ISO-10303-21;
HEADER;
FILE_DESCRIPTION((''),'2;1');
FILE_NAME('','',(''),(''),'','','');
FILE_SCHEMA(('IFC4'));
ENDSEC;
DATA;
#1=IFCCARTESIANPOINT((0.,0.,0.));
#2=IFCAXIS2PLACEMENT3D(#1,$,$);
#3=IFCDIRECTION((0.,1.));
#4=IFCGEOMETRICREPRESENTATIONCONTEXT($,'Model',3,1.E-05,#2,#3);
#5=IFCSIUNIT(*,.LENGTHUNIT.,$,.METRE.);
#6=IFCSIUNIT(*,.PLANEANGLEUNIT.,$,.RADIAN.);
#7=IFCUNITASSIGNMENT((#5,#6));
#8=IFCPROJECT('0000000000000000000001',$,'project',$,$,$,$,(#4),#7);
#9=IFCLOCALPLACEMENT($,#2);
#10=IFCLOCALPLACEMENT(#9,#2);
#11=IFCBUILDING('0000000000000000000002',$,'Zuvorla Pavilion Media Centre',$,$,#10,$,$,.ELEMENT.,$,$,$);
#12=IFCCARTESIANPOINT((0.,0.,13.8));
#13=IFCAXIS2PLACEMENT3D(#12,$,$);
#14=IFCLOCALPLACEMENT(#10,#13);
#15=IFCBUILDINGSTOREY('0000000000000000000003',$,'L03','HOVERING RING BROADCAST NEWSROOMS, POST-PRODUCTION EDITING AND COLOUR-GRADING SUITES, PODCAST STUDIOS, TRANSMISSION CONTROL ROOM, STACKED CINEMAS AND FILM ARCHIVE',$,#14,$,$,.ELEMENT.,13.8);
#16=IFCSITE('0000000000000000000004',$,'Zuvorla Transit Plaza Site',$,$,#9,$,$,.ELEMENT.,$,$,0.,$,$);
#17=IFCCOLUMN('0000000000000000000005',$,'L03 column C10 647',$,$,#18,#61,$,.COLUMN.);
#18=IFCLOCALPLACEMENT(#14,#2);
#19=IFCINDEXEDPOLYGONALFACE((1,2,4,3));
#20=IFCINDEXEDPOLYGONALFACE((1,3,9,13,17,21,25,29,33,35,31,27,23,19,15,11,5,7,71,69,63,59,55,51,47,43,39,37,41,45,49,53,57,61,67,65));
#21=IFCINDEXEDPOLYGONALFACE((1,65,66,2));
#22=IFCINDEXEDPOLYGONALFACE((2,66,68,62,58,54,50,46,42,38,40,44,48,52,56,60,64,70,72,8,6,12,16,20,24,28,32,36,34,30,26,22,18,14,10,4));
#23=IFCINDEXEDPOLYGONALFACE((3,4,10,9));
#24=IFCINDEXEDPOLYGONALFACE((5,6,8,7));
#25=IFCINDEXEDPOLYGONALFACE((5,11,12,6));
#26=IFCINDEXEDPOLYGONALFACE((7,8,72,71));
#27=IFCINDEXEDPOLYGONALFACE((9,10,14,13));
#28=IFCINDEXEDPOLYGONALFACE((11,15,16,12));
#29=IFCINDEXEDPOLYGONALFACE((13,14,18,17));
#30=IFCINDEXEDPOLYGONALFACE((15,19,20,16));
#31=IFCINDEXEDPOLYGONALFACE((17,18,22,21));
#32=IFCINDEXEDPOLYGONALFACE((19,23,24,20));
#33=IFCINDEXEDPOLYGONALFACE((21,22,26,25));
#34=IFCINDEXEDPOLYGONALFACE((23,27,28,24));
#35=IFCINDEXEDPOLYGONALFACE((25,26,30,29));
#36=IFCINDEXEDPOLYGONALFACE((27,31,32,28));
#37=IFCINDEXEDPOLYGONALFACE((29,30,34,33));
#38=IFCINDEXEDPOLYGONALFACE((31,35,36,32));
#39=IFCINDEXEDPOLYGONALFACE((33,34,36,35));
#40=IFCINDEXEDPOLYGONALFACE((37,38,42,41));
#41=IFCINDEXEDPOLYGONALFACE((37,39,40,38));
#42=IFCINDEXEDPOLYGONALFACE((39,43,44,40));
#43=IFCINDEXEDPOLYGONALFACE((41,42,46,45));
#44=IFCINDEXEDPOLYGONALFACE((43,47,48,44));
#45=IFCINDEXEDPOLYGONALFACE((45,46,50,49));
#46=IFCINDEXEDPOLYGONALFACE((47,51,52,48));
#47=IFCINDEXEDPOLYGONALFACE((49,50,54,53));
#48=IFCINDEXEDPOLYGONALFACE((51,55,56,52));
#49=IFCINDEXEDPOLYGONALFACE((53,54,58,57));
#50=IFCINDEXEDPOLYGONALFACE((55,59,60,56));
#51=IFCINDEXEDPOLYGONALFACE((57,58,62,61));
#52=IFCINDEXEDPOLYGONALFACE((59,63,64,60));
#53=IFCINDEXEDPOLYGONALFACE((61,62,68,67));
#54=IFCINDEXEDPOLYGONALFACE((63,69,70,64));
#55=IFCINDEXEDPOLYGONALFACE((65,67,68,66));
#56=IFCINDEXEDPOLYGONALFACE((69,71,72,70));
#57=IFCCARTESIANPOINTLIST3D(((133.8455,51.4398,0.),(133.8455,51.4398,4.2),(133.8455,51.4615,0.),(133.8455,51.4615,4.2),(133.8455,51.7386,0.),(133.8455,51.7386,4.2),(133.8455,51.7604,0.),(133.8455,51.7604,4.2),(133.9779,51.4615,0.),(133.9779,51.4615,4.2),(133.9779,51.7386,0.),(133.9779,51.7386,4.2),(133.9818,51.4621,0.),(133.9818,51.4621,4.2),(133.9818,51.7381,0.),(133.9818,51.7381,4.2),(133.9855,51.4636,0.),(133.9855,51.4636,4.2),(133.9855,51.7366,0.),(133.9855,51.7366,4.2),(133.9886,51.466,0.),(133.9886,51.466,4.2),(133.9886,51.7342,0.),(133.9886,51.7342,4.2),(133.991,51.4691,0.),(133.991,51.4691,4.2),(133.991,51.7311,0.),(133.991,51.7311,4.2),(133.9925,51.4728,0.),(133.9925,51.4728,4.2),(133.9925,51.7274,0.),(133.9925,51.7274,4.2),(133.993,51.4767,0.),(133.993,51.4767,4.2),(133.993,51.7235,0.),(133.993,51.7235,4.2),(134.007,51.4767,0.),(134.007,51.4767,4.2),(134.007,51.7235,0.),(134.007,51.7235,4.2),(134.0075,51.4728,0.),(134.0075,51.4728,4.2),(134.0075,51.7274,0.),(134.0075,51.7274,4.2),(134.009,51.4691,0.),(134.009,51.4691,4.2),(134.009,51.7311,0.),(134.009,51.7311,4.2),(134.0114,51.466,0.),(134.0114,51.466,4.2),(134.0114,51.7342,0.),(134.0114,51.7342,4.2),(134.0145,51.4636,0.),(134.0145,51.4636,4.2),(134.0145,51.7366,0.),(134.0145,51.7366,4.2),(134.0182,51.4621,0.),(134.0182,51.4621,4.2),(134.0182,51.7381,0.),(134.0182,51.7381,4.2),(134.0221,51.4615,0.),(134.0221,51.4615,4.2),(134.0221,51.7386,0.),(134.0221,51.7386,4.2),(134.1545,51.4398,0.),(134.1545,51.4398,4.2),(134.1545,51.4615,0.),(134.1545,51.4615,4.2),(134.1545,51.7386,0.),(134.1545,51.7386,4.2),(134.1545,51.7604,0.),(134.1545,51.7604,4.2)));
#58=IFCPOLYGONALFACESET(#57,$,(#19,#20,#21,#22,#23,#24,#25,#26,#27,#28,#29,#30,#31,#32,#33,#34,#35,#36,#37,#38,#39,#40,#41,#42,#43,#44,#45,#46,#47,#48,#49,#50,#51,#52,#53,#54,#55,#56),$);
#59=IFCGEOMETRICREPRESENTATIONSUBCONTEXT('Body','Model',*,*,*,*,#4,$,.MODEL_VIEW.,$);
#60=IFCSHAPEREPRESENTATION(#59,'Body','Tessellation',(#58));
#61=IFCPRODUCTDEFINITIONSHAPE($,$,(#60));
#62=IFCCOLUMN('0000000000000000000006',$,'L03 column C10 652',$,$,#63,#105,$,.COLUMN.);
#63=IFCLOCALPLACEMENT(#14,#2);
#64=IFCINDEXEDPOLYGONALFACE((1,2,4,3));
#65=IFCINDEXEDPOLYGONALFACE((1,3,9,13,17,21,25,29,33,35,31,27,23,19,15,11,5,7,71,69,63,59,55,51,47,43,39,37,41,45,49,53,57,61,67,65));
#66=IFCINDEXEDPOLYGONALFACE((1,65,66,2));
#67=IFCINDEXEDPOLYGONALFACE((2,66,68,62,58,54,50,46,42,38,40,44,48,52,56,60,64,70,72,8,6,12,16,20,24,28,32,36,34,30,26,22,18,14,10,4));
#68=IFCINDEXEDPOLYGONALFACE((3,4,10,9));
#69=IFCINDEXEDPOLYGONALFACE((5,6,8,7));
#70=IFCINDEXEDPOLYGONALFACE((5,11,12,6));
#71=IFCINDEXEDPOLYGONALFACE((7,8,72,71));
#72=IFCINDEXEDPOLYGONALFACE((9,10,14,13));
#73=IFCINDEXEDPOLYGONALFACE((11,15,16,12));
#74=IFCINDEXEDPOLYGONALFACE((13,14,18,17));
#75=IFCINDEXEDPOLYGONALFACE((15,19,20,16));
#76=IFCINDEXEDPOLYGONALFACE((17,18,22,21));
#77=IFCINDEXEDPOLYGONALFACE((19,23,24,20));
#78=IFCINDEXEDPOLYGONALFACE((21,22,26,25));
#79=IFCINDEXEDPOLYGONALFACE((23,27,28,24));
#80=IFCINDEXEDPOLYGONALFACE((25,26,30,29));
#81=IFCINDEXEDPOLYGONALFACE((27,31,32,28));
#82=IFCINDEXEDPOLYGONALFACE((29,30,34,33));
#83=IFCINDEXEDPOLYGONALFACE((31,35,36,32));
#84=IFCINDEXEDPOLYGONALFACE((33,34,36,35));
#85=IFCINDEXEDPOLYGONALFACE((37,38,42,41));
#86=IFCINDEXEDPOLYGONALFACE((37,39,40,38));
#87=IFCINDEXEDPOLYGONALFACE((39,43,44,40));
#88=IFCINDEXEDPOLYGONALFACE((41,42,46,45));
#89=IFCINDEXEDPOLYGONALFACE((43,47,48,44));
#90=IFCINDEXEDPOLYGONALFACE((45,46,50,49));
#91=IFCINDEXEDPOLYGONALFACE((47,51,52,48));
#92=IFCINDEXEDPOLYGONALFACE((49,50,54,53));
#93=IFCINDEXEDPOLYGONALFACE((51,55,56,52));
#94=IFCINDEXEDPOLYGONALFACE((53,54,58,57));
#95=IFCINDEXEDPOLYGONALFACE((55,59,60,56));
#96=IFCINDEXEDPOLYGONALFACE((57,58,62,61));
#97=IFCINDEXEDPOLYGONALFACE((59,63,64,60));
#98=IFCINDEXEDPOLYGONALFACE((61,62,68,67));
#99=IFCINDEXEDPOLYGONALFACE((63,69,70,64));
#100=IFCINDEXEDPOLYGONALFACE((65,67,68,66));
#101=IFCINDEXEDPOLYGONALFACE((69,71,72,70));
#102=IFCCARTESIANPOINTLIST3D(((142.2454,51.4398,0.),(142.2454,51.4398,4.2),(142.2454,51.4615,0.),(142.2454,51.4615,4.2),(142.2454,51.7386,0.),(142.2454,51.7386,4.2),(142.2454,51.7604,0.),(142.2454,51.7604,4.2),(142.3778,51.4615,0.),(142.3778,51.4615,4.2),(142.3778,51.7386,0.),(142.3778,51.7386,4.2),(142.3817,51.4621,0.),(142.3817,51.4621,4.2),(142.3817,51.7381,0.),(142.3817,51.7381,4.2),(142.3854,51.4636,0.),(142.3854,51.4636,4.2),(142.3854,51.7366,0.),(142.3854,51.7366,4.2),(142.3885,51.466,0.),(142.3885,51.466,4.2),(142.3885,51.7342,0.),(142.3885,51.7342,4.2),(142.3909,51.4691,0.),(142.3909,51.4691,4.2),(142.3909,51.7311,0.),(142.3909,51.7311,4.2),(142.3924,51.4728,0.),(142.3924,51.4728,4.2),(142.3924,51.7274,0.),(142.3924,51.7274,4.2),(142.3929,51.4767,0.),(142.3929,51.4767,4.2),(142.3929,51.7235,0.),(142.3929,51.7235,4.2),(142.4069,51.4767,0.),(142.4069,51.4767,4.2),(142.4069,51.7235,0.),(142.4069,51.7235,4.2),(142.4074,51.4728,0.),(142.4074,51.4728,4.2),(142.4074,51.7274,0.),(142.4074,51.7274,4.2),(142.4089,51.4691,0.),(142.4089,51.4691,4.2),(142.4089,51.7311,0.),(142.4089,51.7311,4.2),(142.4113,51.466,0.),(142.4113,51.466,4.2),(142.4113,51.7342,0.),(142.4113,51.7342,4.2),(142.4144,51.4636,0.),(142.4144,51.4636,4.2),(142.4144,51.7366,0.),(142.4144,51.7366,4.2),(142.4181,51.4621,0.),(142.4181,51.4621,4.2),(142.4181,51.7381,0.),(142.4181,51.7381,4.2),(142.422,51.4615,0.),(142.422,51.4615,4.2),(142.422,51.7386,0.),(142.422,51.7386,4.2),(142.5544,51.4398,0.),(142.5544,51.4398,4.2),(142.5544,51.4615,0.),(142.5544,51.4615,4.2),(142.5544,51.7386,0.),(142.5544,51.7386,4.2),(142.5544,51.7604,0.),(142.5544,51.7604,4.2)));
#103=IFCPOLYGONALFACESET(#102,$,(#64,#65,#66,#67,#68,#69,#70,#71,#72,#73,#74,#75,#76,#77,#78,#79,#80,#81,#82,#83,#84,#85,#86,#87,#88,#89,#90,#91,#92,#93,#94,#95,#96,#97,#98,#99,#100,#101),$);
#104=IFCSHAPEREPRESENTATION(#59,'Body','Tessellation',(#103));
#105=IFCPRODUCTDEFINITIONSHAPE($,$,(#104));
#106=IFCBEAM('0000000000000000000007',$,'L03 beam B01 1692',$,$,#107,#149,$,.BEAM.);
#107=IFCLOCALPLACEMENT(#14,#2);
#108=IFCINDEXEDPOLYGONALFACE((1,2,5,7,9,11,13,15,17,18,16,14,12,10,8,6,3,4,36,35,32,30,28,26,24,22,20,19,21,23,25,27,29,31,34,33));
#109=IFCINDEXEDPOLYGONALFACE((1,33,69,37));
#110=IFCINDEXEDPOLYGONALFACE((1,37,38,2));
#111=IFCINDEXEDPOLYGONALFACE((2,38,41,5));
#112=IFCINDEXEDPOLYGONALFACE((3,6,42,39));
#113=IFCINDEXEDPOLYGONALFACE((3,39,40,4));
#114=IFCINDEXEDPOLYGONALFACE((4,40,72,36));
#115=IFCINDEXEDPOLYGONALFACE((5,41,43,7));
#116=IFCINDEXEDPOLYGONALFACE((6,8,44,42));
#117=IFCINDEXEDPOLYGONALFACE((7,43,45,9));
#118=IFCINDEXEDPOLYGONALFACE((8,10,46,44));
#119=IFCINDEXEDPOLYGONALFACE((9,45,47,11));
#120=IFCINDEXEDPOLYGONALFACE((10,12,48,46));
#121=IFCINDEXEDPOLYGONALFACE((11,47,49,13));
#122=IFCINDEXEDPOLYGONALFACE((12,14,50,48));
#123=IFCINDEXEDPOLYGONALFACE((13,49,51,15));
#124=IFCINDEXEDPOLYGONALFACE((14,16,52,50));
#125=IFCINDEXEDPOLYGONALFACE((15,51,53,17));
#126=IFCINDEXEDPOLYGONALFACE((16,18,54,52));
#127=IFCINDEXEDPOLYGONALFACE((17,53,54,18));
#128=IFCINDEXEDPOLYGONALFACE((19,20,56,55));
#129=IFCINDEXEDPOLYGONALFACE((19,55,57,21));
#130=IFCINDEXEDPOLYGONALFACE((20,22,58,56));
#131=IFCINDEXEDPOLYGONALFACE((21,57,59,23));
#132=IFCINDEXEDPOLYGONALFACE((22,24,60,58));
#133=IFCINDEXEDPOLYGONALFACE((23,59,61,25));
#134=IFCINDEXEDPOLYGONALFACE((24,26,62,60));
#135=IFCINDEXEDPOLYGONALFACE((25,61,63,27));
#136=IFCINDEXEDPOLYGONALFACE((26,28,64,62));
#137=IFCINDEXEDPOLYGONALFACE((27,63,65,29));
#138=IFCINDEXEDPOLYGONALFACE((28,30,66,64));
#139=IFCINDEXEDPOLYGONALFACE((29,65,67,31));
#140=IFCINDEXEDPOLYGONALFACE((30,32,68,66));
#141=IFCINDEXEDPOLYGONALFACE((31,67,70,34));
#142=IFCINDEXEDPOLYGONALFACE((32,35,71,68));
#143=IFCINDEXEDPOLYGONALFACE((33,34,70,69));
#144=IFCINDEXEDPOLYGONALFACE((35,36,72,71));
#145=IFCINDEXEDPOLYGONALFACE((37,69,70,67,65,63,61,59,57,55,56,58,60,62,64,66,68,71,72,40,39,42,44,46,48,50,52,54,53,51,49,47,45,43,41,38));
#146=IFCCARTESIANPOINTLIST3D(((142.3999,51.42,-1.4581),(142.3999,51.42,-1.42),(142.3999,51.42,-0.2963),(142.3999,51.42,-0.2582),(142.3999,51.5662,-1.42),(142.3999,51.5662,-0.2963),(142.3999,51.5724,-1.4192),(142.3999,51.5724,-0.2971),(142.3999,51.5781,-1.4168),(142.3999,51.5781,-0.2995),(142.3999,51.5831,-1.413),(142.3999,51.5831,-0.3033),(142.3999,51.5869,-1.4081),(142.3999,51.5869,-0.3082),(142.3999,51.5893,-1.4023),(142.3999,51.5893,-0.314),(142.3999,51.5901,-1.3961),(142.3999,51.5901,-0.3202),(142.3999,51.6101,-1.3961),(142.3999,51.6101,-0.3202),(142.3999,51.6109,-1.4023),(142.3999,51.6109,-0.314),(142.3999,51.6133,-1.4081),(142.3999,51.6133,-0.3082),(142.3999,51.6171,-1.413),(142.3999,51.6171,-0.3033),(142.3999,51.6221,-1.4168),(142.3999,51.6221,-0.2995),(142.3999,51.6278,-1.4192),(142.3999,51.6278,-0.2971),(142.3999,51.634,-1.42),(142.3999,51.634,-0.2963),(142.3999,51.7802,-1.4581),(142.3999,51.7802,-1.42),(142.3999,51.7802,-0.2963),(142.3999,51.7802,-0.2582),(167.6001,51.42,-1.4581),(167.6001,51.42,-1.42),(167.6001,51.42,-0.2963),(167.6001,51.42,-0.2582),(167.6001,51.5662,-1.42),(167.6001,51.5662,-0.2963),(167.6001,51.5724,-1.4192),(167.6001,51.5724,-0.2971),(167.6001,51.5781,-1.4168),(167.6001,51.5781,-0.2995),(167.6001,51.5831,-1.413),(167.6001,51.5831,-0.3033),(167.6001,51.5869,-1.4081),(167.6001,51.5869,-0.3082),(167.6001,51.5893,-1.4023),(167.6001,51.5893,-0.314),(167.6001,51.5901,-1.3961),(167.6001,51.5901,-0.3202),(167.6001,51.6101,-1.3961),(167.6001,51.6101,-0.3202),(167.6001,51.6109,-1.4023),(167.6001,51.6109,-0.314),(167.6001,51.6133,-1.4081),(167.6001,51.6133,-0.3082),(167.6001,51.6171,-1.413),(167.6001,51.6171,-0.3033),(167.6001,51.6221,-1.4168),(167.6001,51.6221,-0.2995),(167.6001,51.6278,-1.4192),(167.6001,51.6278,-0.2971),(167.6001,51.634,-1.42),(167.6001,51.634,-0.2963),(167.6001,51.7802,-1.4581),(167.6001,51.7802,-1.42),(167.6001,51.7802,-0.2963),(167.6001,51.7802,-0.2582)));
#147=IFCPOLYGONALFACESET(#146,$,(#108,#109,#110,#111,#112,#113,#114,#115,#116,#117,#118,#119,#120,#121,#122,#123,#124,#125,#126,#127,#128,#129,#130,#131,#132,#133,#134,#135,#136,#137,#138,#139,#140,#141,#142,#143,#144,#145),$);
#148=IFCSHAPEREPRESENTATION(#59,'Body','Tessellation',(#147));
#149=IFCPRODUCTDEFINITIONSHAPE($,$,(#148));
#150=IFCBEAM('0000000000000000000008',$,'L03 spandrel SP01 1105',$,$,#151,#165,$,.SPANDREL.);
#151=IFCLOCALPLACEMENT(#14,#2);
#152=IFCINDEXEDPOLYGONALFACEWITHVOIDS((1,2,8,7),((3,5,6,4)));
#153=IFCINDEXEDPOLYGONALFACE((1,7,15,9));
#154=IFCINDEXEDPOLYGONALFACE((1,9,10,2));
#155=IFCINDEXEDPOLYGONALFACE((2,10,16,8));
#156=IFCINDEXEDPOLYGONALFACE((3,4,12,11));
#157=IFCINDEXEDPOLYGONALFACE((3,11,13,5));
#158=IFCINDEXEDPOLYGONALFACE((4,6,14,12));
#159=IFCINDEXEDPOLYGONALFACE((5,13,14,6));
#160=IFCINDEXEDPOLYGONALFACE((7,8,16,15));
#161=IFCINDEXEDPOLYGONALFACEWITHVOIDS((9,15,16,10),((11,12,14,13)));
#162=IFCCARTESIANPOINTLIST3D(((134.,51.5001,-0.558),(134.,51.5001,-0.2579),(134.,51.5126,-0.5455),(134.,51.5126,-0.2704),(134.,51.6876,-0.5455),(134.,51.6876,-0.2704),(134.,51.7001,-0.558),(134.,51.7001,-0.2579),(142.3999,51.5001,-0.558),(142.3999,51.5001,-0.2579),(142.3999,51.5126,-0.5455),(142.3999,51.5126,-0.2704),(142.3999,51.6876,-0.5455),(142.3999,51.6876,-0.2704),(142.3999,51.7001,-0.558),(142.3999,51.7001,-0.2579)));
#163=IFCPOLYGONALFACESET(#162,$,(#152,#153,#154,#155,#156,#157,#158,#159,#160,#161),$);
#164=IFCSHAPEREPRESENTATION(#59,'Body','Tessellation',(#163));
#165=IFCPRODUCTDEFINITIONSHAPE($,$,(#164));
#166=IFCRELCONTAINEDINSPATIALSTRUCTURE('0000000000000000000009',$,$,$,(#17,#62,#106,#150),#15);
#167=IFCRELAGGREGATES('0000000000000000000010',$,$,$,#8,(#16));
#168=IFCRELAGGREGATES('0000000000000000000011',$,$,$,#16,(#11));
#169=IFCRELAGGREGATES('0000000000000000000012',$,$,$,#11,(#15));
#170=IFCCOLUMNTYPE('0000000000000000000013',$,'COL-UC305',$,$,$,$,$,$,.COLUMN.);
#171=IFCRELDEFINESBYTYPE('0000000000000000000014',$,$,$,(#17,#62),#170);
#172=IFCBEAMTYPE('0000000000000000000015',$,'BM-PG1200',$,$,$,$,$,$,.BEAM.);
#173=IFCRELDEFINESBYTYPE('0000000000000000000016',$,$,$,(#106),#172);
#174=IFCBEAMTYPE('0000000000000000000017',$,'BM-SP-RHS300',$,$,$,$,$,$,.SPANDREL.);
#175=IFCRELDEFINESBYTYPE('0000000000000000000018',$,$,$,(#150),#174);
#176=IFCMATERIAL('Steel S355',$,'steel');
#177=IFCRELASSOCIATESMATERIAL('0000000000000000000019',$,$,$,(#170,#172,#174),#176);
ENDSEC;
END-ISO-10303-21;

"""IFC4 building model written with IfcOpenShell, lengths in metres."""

from ifc_helpers import new_model, si_unit, direction, frame, origin, origin_2d, place, context, subcontext, project, spatial, hollow_rectangle, i_section, extrude, material, material_profile, profile_set, type_object, element, save


model = new_model("IFC4")

# Units and contexts
model_context = context("Model", 3, precision=1e-05, world=origin(), true_north=direction((0.0, 1.0)))
body_context = subcontext(model_context, "Body", "Model", "MODEL_VIEW")
ifc_project = project(units=[si_unit("LENGTHUNIT", "METRE"), si_unit("PLANEANGLEUNIT", "RADIAN")], contexts=[model_context])

# Site, building, storey
site_placement = place(None, origin())
site = spatial("IfcSite", under=ifc_project, at=site_placement, Name="Zuvorla Transit Plaza Site", CompositionType="ELEMENT", RefElevation=0.0)
building_placement = place(site_placement, origin())
building = spatial("IfcBuilding", under=site, at=building_placement, Name="Zuvorla Pavilion Media Centre", CompositionType="ELEMENT")
storey_placement = place(building_placement, frame((0.0, 0.0, 13.8)))
storey = spatial("IfcBuildingStorey", under=building, at=storey_placement, Name="L03", Description="HOVERING RING BROADCAST NEWSROOMS, POST-PRODUCTION EDITING AND COLOUR-GRADING SUITES, PODCAST STUDIOS, TRANSMISSION CONTROL ROOM, STACKED CINEMAS AND FILM ARCHIVE", CompositionType="ELEMENT", Elevation=13.8)

# Columns
ifc_material_1 = material(Name="Steel S355", Category="steel")
ifc_material_profile_1 = material_profile(ifc_material_1, i_section(OverallWidth=0.3091, OverallDepth=0.3206, WebThickness=0.0139, FlangeThickness=0.0217, FilletRadius=0.0151, at=origin_2d()), Name="UC 305x305x137")
ifc_profile_set_1 = profile_set([ifc_material_profile_1], Name="Steel S355")
column_type = type_object("IfcColumnType", Name="COL-UC305", PredefinedType="COLUMN", material=ifc_profile_set_1)
for number, where, z_axis, x_axis, name in (
    (1, (134.0, 51.6001, 0.0), (0.0, 0.0, 1.0), (1.0, 0.0, 0.0), "L03 column C10 647"),
    (2, (142.3999, 51.6001, 0.0), (0.0, 0.0, 1.0), (1.0, 0.0, 0.0), "L03 column C10 652"),
):
    element("IfcColumn", number, at=place(storey_placement, frame(where, z_axis=z_axis, x_axis=x_axis)), inside=storey, type_object=column_type, Name=name, PredefinedType="COLUMN", context=body_context, shape_type="SweptSolid", body=[
        extrude(i_section(OverallWidth=0.3091, OverallDepth=0.3206, WebThickness=0.0139, FlangeThickness=0.0217, FilletRadius=0.0151, at=origin_2d()), origin(), (0.0, 0.0, 1.0), 4.2),
    ])

# Beams
ifc_material_profile_2 = material_profile(ifc_material_1, i_section(OverallWidth=0.3601, OverallDepth=1.2, WebThickness=0.02, FlangeThickness=0.0381, FilletRadius=0.0239, at=origin_2d()), Name="PG 1200x360x38")
ifc_profile_set_2 = profile_set([ifc_material_profile_2], Name="Steel S355")
beam_type_1 = type_object("IfcBeamType", Name="BM-PG1200", PredefinedType="BEAM", material=ifc_profile_set_2)
beam_1_placement = place(storey_placement, frame((142.3999, 51.6001, -0.8582), z_axis=(1.0, 0.0, 0.0), x_axis=(0.0, 1.0, 0.0)))
element("IfcBeam", 3, at=beam_1_placement, inside=storey, type_object=beam_type_1, Name="L03 beam B01 1692", PredefinedType="BEAM", context=body_context, shape_type="SweptSolid", body=[
    extrude(i_section(OverallWidth=0.3601, OverallDepth=1.2, WebThickness=0.02, FlangeThickness=0.0381, FilletRadius=0.0239, at=origin_2d()), origin(), (0.0, 0.0, 1.0), 25.2002),
])
ifc_material_profile_3 = material_profile(ifc_material_1, hollow_rectangle(XDim=0.2, YDim=0.3, WallThickness=0.0125, at=origin_2d()), Name="RHS 300x200x12.5")
ifc_profile_set_3 = profile_set([ifc_material_profile_3], Name="Steel S355")
beam_type_2 = type_object("IfcBeamType", Name="BM-SP-RHS300", PredefinedType="SPANDREL", material=ifc_profile_set_3)
beam_2_placement = place(storey_placement, frame((134.0, 51.6001, -0.408), z_axis=(1.0, 0.0, 0.0), x_axis=(0.0, 1.0, 0.0)))
element("IfcBeam", 4, at=beam_2_placement, inside=storey, type_object=beam_type_2, Name="L03 spandrel SP01 1105", PredefinedType="SPANDREL", context=body_context, shape_type="SweptSolid", body=[
    extrude(hollow_rectangle(XDim=0.2, YDim=0.3, WallThickness=0.0125, at=origin_2d()), origin(), (0.0, 0.0, 1.0), 8.3999),
])

save(model, "model.ifc")
